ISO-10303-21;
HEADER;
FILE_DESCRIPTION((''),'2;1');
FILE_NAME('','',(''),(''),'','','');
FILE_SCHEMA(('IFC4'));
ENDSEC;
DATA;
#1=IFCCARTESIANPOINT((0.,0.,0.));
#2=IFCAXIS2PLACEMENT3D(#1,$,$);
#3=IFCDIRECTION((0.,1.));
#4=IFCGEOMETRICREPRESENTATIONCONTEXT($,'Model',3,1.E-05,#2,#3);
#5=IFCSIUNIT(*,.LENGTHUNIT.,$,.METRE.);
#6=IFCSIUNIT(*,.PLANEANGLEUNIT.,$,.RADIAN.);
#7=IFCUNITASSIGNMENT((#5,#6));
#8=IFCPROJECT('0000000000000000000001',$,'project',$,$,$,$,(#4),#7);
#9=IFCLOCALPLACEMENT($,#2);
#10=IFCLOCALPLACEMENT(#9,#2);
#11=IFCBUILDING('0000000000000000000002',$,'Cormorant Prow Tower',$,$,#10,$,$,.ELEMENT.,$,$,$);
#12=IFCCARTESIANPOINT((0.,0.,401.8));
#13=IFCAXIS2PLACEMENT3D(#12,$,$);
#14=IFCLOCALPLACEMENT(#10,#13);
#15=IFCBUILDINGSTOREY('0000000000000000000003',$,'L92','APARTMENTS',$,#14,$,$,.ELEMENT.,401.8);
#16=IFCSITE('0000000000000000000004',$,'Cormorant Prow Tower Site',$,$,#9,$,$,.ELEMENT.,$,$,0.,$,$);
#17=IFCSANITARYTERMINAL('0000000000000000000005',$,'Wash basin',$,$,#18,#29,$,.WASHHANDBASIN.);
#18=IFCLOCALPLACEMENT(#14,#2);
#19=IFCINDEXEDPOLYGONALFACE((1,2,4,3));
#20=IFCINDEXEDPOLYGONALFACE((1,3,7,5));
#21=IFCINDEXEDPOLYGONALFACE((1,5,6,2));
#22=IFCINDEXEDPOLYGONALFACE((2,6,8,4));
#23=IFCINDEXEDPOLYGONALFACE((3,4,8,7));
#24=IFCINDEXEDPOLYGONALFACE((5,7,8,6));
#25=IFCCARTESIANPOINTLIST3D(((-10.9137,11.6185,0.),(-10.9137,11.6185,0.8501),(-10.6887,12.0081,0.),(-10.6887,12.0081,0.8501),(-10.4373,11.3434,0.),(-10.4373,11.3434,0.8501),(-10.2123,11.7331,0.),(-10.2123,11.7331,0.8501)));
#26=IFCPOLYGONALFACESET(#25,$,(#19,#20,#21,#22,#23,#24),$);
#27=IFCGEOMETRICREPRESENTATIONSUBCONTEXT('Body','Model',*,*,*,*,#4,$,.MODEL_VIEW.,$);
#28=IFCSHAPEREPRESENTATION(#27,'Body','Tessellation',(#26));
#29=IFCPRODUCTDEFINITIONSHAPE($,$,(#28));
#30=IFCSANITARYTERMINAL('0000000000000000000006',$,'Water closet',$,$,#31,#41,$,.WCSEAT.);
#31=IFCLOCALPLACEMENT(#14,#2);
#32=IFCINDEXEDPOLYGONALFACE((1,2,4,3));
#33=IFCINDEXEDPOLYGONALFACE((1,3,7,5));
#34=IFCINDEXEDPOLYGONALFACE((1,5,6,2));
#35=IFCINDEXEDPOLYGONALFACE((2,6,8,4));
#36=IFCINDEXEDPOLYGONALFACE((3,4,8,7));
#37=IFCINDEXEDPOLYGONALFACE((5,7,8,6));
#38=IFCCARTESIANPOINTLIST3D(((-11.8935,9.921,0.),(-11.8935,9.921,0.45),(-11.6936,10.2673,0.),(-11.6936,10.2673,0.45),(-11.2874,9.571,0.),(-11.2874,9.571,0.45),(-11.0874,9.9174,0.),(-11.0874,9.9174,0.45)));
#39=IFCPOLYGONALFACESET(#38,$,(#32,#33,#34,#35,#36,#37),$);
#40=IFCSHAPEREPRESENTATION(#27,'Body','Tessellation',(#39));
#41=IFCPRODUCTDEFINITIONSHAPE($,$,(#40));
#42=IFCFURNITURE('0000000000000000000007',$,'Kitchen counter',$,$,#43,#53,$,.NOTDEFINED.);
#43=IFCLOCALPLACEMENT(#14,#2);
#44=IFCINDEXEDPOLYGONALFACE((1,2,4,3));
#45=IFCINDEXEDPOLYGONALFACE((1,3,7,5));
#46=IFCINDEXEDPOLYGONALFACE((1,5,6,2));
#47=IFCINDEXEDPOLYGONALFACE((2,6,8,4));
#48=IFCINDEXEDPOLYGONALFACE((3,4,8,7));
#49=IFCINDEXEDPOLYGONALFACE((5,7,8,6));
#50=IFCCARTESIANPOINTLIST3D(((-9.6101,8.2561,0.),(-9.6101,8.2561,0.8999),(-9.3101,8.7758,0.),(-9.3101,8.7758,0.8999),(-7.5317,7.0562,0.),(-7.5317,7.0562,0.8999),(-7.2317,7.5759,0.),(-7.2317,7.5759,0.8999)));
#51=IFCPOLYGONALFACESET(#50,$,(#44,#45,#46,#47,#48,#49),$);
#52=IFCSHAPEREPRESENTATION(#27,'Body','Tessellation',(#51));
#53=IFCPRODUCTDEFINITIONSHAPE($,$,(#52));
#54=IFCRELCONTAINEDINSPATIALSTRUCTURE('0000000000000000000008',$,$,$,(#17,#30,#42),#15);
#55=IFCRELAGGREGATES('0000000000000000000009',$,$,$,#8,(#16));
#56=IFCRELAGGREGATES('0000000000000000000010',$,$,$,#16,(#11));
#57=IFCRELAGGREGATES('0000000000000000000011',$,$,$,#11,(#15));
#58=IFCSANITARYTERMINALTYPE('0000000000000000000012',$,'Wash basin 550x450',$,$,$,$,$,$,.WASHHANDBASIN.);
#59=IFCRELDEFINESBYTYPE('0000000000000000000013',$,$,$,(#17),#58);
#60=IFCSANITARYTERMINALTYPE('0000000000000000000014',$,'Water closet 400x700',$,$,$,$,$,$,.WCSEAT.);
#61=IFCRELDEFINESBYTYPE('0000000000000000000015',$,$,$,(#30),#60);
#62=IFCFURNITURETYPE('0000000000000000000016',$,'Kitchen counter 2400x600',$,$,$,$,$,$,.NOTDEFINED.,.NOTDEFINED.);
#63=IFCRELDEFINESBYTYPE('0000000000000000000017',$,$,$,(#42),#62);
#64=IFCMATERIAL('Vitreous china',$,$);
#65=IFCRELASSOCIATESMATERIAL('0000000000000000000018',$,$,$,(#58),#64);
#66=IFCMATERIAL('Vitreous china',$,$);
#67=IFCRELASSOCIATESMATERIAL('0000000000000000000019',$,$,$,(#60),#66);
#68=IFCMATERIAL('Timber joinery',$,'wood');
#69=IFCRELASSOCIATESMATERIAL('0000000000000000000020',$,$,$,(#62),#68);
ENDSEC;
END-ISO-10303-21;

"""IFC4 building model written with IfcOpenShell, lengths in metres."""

from ifc_helpers import new_model, si_unit, direction, frame, origin, origin_2d, place, context, subcontext, project, spatial, rectangle, extrude, material, type_object, element, save


model = new_model("IFC4")

# Units and contexts
model_context = context("Model", 3, precision=1e-05, world=origin(), true_north=direction((0.0, 1.0)))
body_context = subcontext(model_context, "Body", "Model", "MODEL_VIEW")
ifc_project = project(units=[si_unit("LENGTHUNIT", "METRE"), si_unit("PLANEANGLEUNIT", "RADIAN")], contexts=[model_context])

# Site, building, storey
site_placement = place(None, origin())
site = spatial("IfcSite", under=ifc_project, at=site_placement, Name="Cormorant Prow Tower Site", CompositionType="ELEMENT", RefElevation=0.0)
building_placement = place(site_placement, origin())
building = spatial("IfcBuilding", under=site, at=building_placement, Name="Cormorant Prow Tower", CompositionType="ELEMENT")
storey_placement = place(building_placement, frame((0.0, 0.0, 401.8)))
storey = spatial("IfcBuildingStorey", under=building, at=storey_placement, Name="L92", Description="APARTMENTS", CompositionType="ELEMENT", Elevation=401.8)

# Sanitary terminals
ifc_material_1 = material(Name="Vitreous china")
sanitary_terminal_type_1 = type_object("IfcSanitaryTerminalType", Name="Wash basin 550x450", PredefinedType="WASHHANDBASIN", material=ifc_material_1)
sanitary_terminal_1_placement = place(storey_placement, frame((-10.563, 11.6758, 0.0), z_axis=(0.0, 0.0, 1.0), x_axis=(0.866025, -0.5, 0.0)))
element("IfcSanitaryTerminal", 1, at=sanitary_terminal_1_placement, inside=storey, type_object=sanitary_terminal_type_1, Name="Wash basin", PredefinedType="WASHHANDBASIN", context=body_context, shape_type="SweptSolid", body=[
    extrude(rectangle(XDim=0.55, YDim=0.45, at=origin_2d()), origin(), (0.0, 0.0, 1.0), 0.8501),
])
ifc_material_2 = material(Name="Vitreous china")
sanitary_terminal_type_2 = type_object("IfcSanitaryTerminalType", Name="Water closet 400x700", PredefinedType="WCSEAT", material=ifc_material_2)
sanitary_terminal_2_placement = place(storey_placement, frame((-11.4905, 9.9192, 0.0), z_axis=(0.0, 0.0, 1.0), x_axis=(0.5, 0.866025, 0.0)))
element("IfcSanitaryTerminal", 2, at=sanitary_terminal_2_placement, inside=storey, type_object=sanitary_terminal_type_2, Name="Water closet", PredefinedType="WCSEAT", context=body_context, shape_type="SweptSolid", body=[
    extrude(rectangle(XDim=0.3999, YDim=0.7, at=origin_2d()), origin(), (0.0, 0.0, 1.0), 0.45),
])

# Furniture
ifc_material_3 = material(Name="Timber joinery", Category="wood")
furniture_type = type_object("IfcFurnitureType", Name="Kitchen counter 2400x600", AssemblyPlace="NOTDEFINED", PredefinedType="NOTDEFINED", material=ifc_material_3)
furniture_placement = place(storey_placement, frame((-8.4209, 7.916, 0.0), z_axis=(0.0, 0.0, 1.0), x_axis=(-0.866025, 0.5, 0.0)))
element("IfcFurniture", 3, at=furniture_placement, inside=storey, type_object=furniture_type, Name="Kitchen counter", PredefinedType="NOTDEFINED", context=body_context, shape_type="SweptSolid", body=[
    extrude(rectangle(XDim=2.3999, YDim=0.6001, at=origin_2d()), origin(), (0.0, 0.0, 1.0), 0.8999),
])

save(model, "model.ifc")
